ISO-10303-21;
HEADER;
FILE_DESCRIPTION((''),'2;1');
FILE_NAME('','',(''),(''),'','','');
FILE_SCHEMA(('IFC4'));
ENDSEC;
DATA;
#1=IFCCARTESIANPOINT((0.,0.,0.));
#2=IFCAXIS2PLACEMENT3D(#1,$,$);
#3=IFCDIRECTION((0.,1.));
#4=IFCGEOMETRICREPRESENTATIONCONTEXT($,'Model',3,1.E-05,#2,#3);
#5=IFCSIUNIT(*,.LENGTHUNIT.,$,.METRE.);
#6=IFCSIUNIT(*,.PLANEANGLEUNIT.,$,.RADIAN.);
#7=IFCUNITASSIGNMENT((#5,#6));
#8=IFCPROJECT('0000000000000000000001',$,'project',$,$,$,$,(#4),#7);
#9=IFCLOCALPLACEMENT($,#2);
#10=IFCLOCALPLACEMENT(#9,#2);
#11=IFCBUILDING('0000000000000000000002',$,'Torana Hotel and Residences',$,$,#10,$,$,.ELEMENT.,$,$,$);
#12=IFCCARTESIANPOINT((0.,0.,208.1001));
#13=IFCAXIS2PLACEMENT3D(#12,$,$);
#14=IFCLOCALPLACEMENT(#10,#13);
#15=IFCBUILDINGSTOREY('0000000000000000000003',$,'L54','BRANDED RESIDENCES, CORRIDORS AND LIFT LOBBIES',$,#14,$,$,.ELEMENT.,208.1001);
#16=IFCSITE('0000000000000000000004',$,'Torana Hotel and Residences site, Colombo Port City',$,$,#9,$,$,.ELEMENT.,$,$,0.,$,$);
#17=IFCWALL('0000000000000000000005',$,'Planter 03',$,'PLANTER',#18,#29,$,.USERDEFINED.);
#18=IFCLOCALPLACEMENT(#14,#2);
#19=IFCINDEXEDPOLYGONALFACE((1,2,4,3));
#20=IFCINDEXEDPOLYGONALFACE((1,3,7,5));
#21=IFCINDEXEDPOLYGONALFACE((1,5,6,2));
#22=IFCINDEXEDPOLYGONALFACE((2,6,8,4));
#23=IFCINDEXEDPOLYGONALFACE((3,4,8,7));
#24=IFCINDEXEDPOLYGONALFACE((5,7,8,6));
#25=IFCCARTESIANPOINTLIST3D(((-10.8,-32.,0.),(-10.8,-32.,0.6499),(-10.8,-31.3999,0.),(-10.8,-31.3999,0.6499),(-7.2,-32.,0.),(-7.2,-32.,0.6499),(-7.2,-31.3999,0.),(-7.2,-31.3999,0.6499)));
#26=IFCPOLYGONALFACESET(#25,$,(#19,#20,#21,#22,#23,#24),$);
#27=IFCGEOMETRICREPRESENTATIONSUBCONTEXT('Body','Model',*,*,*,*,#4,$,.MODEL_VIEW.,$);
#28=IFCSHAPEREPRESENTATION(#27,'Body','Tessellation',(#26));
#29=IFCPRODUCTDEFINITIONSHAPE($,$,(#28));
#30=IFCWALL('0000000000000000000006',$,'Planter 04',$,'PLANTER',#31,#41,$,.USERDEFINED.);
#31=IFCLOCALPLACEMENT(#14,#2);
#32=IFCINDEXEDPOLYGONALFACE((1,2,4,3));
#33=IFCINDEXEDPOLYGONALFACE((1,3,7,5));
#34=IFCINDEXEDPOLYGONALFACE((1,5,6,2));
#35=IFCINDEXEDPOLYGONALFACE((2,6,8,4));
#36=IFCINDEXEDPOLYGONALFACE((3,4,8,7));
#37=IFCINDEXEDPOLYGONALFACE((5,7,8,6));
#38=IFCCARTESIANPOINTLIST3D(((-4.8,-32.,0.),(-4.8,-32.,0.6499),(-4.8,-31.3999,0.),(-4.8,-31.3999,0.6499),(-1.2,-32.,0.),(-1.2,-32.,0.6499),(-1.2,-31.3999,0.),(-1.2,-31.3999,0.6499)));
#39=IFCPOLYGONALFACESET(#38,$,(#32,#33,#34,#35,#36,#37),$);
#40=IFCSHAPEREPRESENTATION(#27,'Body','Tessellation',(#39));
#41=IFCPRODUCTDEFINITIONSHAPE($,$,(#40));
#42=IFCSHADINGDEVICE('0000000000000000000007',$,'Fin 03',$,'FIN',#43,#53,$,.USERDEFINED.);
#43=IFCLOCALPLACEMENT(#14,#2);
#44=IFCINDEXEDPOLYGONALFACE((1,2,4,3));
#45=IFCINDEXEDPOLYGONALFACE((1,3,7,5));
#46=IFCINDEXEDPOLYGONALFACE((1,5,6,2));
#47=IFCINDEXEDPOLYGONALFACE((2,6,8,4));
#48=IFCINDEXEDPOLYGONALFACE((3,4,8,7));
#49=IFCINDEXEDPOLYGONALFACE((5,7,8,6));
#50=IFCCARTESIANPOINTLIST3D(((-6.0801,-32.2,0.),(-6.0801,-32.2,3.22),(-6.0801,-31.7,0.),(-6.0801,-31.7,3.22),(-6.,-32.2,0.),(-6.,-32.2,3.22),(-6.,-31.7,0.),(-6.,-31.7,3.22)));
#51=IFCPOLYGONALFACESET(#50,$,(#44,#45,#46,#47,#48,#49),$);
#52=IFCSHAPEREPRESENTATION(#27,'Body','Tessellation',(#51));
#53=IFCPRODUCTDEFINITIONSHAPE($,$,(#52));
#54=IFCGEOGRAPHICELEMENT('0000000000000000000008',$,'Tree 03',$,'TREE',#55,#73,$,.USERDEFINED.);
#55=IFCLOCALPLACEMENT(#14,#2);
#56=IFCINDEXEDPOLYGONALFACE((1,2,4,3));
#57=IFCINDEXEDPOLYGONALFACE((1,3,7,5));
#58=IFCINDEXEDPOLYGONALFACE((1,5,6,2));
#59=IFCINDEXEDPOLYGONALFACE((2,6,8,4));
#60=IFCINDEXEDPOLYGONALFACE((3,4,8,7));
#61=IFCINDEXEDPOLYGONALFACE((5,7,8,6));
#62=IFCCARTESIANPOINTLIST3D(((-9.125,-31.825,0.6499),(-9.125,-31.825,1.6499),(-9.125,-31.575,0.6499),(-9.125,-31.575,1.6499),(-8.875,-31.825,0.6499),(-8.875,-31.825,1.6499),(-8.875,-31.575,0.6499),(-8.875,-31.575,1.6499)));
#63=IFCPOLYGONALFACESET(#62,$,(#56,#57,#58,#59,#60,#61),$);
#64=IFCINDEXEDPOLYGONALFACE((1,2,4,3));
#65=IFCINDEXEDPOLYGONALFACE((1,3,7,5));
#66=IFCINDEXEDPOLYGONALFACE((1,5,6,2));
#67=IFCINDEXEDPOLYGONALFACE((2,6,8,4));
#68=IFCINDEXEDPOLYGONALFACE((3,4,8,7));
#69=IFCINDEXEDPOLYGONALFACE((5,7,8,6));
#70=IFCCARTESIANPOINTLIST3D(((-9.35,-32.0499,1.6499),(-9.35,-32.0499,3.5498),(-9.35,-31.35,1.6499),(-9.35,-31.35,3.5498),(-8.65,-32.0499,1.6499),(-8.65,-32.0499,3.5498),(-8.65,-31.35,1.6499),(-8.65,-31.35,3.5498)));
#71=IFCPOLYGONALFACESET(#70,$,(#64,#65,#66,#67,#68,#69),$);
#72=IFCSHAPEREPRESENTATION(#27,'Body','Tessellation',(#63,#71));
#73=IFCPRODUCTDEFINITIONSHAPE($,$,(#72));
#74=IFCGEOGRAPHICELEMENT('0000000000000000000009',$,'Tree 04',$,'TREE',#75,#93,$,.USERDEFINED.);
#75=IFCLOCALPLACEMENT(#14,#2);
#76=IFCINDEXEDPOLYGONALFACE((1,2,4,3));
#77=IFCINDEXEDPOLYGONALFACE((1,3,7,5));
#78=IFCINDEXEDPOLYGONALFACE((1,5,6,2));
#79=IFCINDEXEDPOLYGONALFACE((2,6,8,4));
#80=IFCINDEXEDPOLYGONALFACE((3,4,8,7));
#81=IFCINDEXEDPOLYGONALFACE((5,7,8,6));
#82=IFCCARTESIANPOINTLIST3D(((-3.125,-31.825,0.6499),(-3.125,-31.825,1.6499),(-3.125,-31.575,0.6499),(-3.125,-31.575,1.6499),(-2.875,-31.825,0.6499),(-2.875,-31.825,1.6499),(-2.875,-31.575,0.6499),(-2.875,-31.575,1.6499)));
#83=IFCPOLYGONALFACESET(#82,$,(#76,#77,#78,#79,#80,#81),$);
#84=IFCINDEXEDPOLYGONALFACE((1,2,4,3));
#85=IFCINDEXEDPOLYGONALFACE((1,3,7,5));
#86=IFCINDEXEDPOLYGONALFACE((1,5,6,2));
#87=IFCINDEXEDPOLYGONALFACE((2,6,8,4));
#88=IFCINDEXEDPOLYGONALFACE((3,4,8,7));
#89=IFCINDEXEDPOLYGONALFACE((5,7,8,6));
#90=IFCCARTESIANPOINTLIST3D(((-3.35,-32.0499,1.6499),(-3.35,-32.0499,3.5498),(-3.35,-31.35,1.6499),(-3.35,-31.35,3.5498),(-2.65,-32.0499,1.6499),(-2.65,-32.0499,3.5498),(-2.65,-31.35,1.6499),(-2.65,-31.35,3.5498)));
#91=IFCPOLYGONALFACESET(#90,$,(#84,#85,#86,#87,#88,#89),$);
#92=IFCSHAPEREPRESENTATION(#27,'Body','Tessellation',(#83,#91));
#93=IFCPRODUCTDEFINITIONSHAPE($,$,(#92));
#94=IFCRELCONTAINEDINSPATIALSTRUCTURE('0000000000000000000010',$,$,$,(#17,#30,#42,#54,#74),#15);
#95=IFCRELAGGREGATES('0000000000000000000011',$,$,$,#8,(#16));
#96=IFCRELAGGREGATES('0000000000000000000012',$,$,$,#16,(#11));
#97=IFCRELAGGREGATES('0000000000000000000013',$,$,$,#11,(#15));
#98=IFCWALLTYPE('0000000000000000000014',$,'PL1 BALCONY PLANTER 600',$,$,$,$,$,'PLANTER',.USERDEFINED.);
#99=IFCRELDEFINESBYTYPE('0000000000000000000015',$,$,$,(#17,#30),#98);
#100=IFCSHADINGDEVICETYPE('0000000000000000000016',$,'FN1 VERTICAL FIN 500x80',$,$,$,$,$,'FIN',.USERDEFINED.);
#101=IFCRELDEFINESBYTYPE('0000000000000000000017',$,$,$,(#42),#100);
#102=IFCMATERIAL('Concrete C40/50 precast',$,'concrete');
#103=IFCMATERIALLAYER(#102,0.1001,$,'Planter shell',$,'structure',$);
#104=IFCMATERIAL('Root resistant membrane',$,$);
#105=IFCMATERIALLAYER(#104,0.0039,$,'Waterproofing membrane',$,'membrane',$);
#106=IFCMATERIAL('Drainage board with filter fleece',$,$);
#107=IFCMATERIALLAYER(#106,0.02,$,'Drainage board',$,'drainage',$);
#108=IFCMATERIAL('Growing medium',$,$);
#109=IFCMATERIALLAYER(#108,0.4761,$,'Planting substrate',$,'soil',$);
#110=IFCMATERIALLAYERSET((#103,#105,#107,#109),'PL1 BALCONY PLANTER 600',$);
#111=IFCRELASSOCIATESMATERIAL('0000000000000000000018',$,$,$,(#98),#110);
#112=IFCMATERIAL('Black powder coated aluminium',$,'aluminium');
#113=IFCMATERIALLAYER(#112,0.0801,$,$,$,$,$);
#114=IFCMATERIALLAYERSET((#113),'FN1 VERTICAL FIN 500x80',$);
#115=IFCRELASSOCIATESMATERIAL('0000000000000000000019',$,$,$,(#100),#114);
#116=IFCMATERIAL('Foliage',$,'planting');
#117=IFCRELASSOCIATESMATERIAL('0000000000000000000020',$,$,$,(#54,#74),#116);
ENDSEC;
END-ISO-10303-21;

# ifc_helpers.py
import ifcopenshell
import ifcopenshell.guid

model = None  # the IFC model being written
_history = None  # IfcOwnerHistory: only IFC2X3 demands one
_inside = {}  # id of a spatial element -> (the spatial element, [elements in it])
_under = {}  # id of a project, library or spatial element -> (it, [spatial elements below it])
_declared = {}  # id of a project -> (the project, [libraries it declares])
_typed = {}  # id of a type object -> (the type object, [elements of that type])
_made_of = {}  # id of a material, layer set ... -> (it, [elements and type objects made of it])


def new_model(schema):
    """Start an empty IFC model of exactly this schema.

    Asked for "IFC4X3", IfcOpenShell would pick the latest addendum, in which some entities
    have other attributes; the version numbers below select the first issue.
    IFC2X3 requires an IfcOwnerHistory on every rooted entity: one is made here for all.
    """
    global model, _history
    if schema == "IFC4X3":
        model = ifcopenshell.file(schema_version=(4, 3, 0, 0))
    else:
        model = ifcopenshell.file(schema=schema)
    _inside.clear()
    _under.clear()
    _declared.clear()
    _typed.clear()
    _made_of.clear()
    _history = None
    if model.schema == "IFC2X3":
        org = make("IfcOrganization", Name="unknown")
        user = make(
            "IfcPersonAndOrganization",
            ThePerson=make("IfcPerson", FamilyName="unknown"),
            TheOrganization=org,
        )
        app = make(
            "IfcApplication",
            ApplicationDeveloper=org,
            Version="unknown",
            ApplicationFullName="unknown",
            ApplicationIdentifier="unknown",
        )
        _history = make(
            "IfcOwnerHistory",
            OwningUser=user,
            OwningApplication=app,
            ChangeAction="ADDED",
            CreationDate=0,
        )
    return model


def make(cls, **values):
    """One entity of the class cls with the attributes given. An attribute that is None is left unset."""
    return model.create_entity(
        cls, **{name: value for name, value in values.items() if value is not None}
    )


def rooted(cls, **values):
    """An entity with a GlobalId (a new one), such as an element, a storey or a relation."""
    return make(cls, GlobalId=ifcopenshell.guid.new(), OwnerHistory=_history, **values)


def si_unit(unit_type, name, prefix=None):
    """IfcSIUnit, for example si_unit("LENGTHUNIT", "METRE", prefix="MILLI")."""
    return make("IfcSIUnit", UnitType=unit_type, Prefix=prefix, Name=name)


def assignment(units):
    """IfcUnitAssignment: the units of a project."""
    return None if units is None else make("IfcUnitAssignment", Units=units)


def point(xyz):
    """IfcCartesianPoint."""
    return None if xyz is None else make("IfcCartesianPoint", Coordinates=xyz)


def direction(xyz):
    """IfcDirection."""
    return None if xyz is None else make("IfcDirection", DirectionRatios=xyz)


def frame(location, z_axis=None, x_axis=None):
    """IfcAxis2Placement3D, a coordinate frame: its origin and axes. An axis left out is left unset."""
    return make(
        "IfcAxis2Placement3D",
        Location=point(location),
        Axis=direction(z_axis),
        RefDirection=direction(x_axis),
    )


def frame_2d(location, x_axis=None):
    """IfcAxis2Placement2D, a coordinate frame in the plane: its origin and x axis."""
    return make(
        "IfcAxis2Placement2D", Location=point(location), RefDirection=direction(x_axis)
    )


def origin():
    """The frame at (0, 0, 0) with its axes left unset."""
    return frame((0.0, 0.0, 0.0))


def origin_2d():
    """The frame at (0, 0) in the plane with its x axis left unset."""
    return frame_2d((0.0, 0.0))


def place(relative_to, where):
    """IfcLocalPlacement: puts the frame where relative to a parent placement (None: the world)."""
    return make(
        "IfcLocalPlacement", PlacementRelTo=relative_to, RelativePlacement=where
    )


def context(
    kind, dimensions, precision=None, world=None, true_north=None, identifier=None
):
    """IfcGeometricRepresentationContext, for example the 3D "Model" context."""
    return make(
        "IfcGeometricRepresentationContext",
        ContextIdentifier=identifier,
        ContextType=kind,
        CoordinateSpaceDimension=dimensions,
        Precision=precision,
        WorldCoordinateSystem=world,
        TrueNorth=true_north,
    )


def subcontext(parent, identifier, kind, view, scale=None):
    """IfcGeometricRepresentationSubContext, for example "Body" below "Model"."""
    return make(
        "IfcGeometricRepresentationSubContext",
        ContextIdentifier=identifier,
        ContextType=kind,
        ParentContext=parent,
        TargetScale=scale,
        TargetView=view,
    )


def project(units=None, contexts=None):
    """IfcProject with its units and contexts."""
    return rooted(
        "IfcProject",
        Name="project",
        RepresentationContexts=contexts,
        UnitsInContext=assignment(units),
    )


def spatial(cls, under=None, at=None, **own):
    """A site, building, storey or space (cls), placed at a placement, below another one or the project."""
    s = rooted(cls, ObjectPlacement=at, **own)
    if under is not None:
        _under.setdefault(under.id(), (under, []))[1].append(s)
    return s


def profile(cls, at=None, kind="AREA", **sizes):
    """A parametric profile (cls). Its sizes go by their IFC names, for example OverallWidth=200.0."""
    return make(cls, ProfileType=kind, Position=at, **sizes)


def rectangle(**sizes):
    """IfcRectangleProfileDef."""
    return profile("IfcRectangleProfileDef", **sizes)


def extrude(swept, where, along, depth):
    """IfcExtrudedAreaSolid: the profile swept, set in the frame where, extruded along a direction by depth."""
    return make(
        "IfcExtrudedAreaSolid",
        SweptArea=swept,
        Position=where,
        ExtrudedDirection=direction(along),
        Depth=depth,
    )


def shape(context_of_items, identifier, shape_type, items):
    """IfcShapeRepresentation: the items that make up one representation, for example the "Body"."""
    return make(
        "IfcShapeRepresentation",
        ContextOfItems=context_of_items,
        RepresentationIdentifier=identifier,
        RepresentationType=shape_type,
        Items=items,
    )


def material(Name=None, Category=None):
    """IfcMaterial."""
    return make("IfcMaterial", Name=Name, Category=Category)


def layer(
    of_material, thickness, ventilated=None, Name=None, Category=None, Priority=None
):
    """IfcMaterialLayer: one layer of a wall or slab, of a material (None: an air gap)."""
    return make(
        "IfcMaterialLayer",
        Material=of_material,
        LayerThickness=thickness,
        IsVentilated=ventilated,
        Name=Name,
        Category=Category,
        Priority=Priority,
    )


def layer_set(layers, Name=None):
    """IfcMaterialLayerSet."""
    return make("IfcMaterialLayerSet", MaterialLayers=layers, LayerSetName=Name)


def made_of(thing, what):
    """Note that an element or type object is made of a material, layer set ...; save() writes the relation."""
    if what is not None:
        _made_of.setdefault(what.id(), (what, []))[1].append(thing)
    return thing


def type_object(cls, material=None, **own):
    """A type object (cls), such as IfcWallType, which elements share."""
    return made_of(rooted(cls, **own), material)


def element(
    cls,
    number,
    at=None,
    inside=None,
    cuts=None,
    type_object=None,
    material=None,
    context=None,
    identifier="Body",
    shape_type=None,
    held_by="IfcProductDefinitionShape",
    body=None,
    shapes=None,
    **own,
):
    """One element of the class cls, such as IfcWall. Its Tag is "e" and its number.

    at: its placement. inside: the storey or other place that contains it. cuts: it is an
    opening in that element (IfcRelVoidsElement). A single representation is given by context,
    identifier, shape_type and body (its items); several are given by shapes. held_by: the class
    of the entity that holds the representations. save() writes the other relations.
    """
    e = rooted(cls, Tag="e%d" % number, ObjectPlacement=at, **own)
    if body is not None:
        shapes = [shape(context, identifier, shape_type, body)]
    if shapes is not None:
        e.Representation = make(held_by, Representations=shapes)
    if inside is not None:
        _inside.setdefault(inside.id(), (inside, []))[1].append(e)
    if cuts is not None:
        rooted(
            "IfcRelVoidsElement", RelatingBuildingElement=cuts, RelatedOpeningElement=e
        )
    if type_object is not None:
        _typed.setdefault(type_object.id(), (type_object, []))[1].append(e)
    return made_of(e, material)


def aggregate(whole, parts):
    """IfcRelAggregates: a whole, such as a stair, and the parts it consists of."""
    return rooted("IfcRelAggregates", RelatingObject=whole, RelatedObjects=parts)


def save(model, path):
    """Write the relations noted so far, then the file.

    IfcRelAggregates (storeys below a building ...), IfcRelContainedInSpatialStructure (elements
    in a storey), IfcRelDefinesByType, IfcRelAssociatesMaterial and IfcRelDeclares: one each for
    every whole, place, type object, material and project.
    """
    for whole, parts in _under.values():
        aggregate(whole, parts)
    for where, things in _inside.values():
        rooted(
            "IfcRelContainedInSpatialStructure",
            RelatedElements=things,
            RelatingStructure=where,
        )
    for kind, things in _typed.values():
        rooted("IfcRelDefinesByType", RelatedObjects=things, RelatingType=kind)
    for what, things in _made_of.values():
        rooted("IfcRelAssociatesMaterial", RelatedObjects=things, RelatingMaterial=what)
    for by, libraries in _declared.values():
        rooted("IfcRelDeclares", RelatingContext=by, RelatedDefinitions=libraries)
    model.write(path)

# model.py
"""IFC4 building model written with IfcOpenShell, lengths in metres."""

from ifc_helpers import new_model, si_unit, direction, frame, frame_2d, origin, origin_2d, place, context, subcontext, project, spatial, rectangle, extrude, material, layer, layer_set, type_object, element, save


model = new_model("IFC4")

# Units and contexts
model_context = context("Model", 3, precision=1e-05, world=origin(), true_north=direction((0.0, 1.0)))
body_context = subcontext(model_context, "Body", "Model", "MODEL_VIEW")
ifc_project = project(units=[si_unit("LENGTHUNIT", "METRE"), si_unit("PLANEANGLEUNIT", "RADIAN")], contexts=[model_context])

# Site, building, storey
site_placement = place(None, origin())
site = spatial("IfcSite", under=ifc_project, at=site_placement, Name="Torana Hotel and Residences site, Colombo Port City", CompositionType="ELEMENT", RefElevation=0.0)
building_placement = place(site_placement, origin())
building = spatial("IfcBuilding", under=site, at=building_placement, Name="Torana Hotel and Residences", CompositionType="ELEMENT")
storey_placement = place(building_placement, frame((0.0, 0.0, 208.1001)))
storey = spatial("IfcBuildingStorey", under=building, at=storey_placement, Name="L54", Description="BRANDED RESIDENCES, CORRIDORS AND LIFT LOBBIES", CompositionType="ELEMENT", Elevation=208.1001)

# Walls
ifc_material_1 = material(Name="Concrete C40/50 precast", Category="concrete")
ifc_layer_1 = layer(ifc_material_1, 0.1001, Name="Planter shell", Category="structure")
ifc_material_2 = material(Name="Root resistant membrane")
ifc_layer_2 = layer(ifc_material_2, 0.0039, Name="Waterproofing membrane", Category="membrane")
ifc_material_3 = material(Name="Drainage board with filter fleece")
ifc_layer_3 = layer(ifc_material_3, 0.02, Name="Drainage board", Category="drainage")
ifc_material_4 = material(Name="Growing medium")
ifc_layer_4 = layer(ifc_material_4, 0.4761, Name="Planting substrate", Category="soil")
ifc_layer_set_1 = layer_set([ifc_layer_1, ifc_layer_2, ifc_layer_3, ifc_layer_4], Name="PL1 BALCONY PLANTER 600")
wall_type_1 = type_object("IfcWallType", Name="PL1 BALCONY PLANTER 600", ElementType="PLANTER", PredefinedType="USERDEFINED", material=ifc_layer_set_1)
for number, where, z_axis, x_axis, name in (
    (1, (-7.2, -31.7, 0.0), (0.0, 0.0, 1.0), (-1.0, 0.0, 0.0), "Planter 03"),
    (2, (-1.2, -31.7, 0.0), (0.0, 0.0, 1.0), (-1.0, 0.0, 0.0), "Planter 04"),
):
    element("IfcWall", number, at=place(storey_placement, frame(where, z_axis=z_axis, x_axis=x_axis)), inside=storey, type_object=wall_type_1, Name=name, ObjectType="PLANTER", PredefinedType="USERDEFINED", context=body_context, shape_type="SweptSolid", body=[
        extrude(rectangle(XDim=3.6001, YDim=0.6001, at=frame_2d((1.8, 0.0))), origin(), (0.0, 0.0, 1.0), 0.6499),
    ])

# Shading device
ifc_material_5 = material(Name="Black powder coated aluminium", Category="aluminium")
ifc_layer_5 = layer(ifc_material_5, 0.0801)
ifc_layer_set_2 = layer_set([ifc_layer_5], Name="FN1 VERTICAL FIN 500x80")
shading_device_type = type_object("IfcShadingDeviceType", Name="FN1 VERTICAL FIN 500x80", ElementType="FIN", PredefinedType="USERDEFINED", material=ifc_layer_set_2)
shading_device_placement = place(storey_placement, frame((-6.04, -31.95, 0.0), z_axis=(0.0, 0.0, 1.0), x_axis=(-1.0, 0.0, 0.0)))
element("IfcShadingDevice", 3, at=shading_device_placement, inside=storey, type_object=shading_device_type, Name="Fin 03", ObjectType="FIN", PredefinedType="USERDEFINED", context=body_context, shape_type="SweptSolid", body=[
    extrude(rectangle(XDim=0.0801, YDim=0.5, at=origin_2d()), origin(), (0.0, 0.0, 1.0), 3.22),
])

# Geographic elements
ifc_material_6 = material(Name="Foliage", Category="planting")
for number, where, z_axis, x_axis, name in (
    (4, (-9.0, -31.7, 0.6499), (0.0, 0.0, 1.0), (1.0, 0.0, 0.0), "Tree 03"),
    (5, (-3.0, -31.7, 0.6499), (0.0, 0.0, 1.0), (1.0, 0.0, 0.0), "Tree 04"),
):
    element("IfcGeographicElement", number, at=place(storey_placement, frame(where, z_axis=z_axis, x_axis=x_axis)), inside=storey, material=ifc_material_6, Name=name, ObjectType="TREE", PredefinedType="USERDEFINED", context=body_context, shape_type="SweptSolid", body=[
        extrude(rectangle(XDim=0.25, YDim=0.25, at=origin_2d()), origin(), (0.0, 0.0, 1.0), 1.0),
        extrude(rectangle(XDim=0.7, YDim=0.7, at=origin_2d()), frame((0.0, 0.0, 1.0)), (0.0, 0.0, 1.0), 1.8999),
    ])

save(model, "model.ifc")
